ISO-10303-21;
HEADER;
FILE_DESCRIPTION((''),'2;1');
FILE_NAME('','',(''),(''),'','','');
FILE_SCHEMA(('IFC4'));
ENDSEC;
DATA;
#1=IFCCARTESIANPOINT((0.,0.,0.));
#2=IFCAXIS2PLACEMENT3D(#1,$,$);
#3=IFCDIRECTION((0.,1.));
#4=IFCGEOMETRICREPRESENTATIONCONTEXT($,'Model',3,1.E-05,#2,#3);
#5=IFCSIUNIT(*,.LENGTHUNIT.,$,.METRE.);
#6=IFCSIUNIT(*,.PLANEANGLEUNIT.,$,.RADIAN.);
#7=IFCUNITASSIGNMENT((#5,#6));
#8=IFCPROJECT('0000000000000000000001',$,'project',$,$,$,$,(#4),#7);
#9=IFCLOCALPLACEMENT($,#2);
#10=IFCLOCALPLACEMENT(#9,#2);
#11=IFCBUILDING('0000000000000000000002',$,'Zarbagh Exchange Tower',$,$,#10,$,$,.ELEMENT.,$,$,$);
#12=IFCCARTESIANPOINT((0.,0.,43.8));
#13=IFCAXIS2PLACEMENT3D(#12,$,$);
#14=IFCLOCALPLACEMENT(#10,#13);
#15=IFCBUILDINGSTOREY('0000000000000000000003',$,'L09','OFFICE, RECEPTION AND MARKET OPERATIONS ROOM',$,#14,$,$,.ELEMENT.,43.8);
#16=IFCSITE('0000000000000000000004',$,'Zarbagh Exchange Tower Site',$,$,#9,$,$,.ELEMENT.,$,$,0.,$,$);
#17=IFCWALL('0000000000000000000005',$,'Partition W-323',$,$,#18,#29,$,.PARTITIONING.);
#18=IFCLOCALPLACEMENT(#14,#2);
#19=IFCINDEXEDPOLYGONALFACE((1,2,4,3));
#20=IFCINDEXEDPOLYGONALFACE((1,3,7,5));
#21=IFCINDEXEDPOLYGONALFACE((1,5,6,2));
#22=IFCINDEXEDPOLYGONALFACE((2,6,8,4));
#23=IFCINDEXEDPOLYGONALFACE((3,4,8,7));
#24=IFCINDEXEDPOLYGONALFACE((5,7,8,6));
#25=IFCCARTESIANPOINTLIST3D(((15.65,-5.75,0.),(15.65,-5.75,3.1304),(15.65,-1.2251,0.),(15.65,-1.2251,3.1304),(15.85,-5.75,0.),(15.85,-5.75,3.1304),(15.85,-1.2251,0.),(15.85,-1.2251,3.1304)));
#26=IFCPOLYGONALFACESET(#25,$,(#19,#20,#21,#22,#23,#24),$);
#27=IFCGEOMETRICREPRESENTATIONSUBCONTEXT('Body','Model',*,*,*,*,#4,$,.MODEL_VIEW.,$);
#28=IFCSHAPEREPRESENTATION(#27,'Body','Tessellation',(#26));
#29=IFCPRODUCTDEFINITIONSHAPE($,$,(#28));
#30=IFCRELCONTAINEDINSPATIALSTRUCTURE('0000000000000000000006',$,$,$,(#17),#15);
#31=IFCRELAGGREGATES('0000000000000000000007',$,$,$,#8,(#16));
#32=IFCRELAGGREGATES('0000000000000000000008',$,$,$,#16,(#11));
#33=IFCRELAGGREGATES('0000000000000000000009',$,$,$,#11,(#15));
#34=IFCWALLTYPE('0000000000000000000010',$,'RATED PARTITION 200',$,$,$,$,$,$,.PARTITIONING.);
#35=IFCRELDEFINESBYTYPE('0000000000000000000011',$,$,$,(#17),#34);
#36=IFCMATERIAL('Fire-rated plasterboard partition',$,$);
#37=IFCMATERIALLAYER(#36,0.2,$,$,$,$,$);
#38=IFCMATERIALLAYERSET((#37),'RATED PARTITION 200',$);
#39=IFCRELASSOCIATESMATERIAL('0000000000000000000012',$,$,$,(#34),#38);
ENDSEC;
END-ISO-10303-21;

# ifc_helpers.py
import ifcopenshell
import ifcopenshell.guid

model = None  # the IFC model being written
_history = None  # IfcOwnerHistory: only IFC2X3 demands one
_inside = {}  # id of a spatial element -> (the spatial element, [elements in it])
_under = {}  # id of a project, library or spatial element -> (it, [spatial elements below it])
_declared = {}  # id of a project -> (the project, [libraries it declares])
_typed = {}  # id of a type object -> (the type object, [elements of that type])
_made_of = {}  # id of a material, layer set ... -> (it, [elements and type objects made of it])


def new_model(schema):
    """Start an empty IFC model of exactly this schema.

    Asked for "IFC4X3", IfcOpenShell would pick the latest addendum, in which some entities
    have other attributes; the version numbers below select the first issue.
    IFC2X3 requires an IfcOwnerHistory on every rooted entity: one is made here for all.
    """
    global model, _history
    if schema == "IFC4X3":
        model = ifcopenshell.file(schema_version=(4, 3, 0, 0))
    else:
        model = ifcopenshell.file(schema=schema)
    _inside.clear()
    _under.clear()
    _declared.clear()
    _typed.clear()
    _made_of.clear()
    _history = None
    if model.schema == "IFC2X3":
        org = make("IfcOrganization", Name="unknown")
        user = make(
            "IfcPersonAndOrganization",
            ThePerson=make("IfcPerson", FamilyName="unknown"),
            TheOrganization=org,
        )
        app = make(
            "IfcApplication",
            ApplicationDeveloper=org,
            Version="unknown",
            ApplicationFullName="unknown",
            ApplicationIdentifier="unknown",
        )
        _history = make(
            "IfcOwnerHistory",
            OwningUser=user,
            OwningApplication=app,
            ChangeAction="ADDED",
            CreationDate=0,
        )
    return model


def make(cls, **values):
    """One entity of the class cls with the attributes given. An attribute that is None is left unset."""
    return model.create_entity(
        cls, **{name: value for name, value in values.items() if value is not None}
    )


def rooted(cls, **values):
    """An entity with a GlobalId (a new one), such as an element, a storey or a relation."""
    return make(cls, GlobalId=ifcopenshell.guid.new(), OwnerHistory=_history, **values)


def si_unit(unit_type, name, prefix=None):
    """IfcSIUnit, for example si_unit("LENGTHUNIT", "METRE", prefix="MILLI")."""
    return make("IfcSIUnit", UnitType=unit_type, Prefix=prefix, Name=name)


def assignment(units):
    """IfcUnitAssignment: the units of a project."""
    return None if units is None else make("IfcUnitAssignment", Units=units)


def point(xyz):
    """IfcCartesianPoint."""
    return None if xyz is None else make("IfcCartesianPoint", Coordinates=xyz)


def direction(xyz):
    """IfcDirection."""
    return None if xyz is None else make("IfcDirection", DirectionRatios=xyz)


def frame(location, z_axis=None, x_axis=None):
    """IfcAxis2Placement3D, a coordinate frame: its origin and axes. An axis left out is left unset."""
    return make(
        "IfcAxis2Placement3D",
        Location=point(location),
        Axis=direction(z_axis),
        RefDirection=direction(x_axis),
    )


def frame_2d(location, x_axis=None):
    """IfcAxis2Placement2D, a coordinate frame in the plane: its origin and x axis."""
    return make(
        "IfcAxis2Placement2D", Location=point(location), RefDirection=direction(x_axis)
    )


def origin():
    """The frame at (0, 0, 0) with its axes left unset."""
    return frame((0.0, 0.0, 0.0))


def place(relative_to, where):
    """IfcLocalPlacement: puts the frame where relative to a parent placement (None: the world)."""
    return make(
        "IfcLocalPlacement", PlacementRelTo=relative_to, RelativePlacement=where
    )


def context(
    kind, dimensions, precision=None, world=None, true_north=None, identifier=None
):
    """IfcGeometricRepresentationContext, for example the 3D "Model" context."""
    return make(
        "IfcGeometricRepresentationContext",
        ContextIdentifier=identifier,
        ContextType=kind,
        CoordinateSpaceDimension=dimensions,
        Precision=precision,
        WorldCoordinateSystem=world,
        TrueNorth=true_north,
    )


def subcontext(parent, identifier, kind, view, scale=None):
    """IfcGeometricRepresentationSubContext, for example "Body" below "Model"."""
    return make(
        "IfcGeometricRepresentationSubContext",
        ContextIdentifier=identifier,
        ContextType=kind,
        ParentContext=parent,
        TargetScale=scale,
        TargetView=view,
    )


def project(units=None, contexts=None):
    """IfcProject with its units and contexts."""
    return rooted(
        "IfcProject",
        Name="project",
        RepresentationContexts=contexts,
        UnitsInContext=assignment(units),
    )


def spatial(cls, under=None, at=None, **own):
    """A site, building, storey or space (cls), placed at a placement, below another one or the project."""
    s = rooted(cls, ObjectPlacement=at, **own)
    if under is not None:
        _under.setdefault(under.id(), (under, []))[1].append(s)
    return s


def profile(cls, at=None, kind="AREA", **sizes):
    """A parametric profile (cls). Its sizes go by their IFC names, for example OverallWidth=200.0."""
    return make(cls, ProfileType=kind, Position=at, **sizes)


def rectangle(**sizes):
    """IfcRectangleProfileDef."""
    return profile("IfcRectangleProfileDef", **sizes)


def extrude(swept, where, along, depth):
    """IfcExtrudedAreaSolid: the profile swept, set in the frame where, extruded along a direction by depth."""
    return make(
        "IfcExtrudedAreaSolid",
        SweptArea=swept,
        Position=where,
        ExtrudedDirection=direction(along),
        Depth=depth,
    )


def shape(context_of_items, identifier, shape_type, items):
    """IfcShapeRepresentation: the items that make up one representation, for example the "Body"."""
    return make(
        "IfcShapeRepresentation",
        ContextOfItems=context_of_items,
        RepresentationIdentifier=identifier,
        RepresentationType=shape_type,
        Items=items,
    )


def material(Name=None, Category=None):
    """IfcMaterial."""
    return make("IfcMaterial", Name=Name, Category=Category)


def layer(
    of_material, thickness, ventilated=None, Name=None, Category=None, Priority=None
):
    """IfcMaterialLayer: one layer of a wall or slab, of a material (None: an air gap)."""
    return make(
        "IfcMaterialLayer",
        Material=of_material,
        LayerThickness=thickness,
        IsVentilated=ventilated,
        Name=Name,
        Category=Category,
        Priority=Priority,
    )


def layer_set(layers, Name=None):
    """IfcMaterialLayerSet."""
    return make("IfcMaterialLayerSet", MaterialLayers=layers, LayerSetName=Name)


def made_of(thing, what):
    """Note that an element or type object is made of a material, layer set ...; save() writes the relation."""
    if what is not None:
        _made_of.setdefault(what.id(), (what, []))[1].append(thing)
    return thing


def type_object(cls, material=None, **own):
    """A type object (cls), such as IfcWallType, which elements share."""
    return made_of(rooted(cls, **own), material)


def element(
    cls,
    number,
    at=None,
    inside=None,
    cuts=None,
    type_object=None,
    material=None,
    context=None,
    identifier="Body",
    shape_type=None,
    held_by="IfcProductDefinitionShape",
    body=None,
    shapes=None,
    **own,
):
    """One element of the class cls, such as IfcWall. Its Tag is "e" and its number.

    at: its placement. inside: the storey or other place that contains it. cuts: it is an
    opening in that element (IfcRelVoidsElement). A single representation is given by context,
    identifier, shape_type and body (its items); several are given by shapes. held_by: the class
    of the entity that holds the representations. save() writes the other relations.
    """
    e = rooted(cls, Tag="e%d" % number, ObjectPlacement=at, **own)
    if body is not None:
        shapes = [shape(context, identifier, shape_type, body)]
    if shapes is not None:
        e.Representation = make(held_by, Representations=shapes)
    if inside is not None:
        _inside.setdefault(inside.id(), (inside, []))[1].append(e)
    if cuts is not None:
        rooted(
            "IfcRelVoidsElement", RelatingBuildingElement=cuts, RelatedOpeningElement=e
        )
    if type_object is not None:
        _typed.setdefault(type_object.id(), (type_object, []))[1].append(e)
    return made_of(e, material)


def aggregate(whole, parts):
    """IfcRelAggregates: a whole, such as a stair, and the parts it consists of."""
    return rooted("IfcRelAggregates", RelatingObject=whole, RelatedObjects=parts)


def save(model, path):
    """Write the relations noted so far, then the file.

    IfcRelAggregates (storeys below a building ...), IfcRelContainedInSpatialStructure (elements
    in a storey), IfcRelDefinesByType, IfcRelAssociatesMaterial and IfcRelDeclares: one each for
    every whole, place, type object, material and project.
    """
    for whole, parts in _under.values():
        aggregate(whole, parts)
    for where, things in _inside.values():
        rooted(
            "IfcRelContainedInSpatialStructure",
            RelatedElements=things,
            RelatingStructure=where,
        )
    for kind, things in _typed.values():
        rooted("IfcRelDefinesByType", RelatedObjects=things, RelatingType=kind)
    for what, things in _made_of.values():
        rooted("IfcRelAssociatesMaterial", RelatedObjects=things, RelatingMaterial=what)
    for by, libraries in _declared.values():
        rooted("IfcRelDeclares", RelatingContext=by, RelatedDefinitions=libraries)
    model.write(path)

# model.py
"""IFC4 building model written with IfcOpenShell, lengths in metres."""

from ifc_helpers import new_model, si_unit, direction, frame, frame_2d, origin, place, context, subcontext, project, spatial, rectangle, extrude, material, layer, layer_set, type_object, element, save


model = new_model("IFC4")

# Units and contexts
model_context = context("Model", 3, precision=1e-05, world=origin(), true_north=direction((0.0, 1.0)))
body_context = subcontext(model_context, "Body", "Model", "MODEL_VIEW")
ifc_project = project(units=[si_unit("LENGTHUNIT", "METRE"), si_unit("PLANEANGLEUNIT", "RADIAN")], contexts=[model_context])

# Site, building, storey
site_placement = place(None, origin())
site = spatial("IfcSite", under=ifc_project, at=site_placement, Name="Zarbagh Exchange Tower Site", CompositionType="ELEMENT", RefElevation=0.0)
building_placement = place(site_placement, origin())
building = spatial("IfcBuilding", under=site, at=building_placement, Name="Zarbagh Exchange Tower", CompositionType="ELEMENT")
storey_placement = place(building_placement, frame((0.0, 0.0, 43.8)))
storey = spatial("IfcBuildingStorey", under=building, at=storey_placement, Name="L09", Description="OFFICE, RECEPTION AND MARKET OPERATIONS ROOM", CompositionType="ELEMENT", Elevation=43.8)

# Shared definitions
ifc_material_1 = material(Name="Fire-rated plasterboard partition")
ifc_layer = layer(ifc_material_1, 0.2)
ifc_layer_set = layer_set([ifc_layer], Name="RATED PARTITION 200")
wall_type = type_object("IfcWallType", Name="RATED PARTITION 200", PredefinedType="PARTITIONING", material=ifc_layer_set)

# Wall
for number, where, z_axis, x_axis, name in (
    (1, (15.75, -5.75, 0.0), (0.0, 0.0, 1.0), (0.0, 1.0, 0.0), "Partition W-323"),
):
    element("IfcWall", number, at=place(storey_placement, frame(where, z_axis=z_axis, x_axis=x_axis)), inside=storey, type_object=wall_type, Name=name, PredefinedType="PARTITIONING", context=body_context, shape_type="SweptSolid", body=[
        extrude(rectangle(XDim=4.5249, YDim=0.2, at=frame_2d((2.2625, 0.0))), origin(), (0.0, 0.0, 1.0), 3.1304),
    ])

save(model, "model.ifc")
